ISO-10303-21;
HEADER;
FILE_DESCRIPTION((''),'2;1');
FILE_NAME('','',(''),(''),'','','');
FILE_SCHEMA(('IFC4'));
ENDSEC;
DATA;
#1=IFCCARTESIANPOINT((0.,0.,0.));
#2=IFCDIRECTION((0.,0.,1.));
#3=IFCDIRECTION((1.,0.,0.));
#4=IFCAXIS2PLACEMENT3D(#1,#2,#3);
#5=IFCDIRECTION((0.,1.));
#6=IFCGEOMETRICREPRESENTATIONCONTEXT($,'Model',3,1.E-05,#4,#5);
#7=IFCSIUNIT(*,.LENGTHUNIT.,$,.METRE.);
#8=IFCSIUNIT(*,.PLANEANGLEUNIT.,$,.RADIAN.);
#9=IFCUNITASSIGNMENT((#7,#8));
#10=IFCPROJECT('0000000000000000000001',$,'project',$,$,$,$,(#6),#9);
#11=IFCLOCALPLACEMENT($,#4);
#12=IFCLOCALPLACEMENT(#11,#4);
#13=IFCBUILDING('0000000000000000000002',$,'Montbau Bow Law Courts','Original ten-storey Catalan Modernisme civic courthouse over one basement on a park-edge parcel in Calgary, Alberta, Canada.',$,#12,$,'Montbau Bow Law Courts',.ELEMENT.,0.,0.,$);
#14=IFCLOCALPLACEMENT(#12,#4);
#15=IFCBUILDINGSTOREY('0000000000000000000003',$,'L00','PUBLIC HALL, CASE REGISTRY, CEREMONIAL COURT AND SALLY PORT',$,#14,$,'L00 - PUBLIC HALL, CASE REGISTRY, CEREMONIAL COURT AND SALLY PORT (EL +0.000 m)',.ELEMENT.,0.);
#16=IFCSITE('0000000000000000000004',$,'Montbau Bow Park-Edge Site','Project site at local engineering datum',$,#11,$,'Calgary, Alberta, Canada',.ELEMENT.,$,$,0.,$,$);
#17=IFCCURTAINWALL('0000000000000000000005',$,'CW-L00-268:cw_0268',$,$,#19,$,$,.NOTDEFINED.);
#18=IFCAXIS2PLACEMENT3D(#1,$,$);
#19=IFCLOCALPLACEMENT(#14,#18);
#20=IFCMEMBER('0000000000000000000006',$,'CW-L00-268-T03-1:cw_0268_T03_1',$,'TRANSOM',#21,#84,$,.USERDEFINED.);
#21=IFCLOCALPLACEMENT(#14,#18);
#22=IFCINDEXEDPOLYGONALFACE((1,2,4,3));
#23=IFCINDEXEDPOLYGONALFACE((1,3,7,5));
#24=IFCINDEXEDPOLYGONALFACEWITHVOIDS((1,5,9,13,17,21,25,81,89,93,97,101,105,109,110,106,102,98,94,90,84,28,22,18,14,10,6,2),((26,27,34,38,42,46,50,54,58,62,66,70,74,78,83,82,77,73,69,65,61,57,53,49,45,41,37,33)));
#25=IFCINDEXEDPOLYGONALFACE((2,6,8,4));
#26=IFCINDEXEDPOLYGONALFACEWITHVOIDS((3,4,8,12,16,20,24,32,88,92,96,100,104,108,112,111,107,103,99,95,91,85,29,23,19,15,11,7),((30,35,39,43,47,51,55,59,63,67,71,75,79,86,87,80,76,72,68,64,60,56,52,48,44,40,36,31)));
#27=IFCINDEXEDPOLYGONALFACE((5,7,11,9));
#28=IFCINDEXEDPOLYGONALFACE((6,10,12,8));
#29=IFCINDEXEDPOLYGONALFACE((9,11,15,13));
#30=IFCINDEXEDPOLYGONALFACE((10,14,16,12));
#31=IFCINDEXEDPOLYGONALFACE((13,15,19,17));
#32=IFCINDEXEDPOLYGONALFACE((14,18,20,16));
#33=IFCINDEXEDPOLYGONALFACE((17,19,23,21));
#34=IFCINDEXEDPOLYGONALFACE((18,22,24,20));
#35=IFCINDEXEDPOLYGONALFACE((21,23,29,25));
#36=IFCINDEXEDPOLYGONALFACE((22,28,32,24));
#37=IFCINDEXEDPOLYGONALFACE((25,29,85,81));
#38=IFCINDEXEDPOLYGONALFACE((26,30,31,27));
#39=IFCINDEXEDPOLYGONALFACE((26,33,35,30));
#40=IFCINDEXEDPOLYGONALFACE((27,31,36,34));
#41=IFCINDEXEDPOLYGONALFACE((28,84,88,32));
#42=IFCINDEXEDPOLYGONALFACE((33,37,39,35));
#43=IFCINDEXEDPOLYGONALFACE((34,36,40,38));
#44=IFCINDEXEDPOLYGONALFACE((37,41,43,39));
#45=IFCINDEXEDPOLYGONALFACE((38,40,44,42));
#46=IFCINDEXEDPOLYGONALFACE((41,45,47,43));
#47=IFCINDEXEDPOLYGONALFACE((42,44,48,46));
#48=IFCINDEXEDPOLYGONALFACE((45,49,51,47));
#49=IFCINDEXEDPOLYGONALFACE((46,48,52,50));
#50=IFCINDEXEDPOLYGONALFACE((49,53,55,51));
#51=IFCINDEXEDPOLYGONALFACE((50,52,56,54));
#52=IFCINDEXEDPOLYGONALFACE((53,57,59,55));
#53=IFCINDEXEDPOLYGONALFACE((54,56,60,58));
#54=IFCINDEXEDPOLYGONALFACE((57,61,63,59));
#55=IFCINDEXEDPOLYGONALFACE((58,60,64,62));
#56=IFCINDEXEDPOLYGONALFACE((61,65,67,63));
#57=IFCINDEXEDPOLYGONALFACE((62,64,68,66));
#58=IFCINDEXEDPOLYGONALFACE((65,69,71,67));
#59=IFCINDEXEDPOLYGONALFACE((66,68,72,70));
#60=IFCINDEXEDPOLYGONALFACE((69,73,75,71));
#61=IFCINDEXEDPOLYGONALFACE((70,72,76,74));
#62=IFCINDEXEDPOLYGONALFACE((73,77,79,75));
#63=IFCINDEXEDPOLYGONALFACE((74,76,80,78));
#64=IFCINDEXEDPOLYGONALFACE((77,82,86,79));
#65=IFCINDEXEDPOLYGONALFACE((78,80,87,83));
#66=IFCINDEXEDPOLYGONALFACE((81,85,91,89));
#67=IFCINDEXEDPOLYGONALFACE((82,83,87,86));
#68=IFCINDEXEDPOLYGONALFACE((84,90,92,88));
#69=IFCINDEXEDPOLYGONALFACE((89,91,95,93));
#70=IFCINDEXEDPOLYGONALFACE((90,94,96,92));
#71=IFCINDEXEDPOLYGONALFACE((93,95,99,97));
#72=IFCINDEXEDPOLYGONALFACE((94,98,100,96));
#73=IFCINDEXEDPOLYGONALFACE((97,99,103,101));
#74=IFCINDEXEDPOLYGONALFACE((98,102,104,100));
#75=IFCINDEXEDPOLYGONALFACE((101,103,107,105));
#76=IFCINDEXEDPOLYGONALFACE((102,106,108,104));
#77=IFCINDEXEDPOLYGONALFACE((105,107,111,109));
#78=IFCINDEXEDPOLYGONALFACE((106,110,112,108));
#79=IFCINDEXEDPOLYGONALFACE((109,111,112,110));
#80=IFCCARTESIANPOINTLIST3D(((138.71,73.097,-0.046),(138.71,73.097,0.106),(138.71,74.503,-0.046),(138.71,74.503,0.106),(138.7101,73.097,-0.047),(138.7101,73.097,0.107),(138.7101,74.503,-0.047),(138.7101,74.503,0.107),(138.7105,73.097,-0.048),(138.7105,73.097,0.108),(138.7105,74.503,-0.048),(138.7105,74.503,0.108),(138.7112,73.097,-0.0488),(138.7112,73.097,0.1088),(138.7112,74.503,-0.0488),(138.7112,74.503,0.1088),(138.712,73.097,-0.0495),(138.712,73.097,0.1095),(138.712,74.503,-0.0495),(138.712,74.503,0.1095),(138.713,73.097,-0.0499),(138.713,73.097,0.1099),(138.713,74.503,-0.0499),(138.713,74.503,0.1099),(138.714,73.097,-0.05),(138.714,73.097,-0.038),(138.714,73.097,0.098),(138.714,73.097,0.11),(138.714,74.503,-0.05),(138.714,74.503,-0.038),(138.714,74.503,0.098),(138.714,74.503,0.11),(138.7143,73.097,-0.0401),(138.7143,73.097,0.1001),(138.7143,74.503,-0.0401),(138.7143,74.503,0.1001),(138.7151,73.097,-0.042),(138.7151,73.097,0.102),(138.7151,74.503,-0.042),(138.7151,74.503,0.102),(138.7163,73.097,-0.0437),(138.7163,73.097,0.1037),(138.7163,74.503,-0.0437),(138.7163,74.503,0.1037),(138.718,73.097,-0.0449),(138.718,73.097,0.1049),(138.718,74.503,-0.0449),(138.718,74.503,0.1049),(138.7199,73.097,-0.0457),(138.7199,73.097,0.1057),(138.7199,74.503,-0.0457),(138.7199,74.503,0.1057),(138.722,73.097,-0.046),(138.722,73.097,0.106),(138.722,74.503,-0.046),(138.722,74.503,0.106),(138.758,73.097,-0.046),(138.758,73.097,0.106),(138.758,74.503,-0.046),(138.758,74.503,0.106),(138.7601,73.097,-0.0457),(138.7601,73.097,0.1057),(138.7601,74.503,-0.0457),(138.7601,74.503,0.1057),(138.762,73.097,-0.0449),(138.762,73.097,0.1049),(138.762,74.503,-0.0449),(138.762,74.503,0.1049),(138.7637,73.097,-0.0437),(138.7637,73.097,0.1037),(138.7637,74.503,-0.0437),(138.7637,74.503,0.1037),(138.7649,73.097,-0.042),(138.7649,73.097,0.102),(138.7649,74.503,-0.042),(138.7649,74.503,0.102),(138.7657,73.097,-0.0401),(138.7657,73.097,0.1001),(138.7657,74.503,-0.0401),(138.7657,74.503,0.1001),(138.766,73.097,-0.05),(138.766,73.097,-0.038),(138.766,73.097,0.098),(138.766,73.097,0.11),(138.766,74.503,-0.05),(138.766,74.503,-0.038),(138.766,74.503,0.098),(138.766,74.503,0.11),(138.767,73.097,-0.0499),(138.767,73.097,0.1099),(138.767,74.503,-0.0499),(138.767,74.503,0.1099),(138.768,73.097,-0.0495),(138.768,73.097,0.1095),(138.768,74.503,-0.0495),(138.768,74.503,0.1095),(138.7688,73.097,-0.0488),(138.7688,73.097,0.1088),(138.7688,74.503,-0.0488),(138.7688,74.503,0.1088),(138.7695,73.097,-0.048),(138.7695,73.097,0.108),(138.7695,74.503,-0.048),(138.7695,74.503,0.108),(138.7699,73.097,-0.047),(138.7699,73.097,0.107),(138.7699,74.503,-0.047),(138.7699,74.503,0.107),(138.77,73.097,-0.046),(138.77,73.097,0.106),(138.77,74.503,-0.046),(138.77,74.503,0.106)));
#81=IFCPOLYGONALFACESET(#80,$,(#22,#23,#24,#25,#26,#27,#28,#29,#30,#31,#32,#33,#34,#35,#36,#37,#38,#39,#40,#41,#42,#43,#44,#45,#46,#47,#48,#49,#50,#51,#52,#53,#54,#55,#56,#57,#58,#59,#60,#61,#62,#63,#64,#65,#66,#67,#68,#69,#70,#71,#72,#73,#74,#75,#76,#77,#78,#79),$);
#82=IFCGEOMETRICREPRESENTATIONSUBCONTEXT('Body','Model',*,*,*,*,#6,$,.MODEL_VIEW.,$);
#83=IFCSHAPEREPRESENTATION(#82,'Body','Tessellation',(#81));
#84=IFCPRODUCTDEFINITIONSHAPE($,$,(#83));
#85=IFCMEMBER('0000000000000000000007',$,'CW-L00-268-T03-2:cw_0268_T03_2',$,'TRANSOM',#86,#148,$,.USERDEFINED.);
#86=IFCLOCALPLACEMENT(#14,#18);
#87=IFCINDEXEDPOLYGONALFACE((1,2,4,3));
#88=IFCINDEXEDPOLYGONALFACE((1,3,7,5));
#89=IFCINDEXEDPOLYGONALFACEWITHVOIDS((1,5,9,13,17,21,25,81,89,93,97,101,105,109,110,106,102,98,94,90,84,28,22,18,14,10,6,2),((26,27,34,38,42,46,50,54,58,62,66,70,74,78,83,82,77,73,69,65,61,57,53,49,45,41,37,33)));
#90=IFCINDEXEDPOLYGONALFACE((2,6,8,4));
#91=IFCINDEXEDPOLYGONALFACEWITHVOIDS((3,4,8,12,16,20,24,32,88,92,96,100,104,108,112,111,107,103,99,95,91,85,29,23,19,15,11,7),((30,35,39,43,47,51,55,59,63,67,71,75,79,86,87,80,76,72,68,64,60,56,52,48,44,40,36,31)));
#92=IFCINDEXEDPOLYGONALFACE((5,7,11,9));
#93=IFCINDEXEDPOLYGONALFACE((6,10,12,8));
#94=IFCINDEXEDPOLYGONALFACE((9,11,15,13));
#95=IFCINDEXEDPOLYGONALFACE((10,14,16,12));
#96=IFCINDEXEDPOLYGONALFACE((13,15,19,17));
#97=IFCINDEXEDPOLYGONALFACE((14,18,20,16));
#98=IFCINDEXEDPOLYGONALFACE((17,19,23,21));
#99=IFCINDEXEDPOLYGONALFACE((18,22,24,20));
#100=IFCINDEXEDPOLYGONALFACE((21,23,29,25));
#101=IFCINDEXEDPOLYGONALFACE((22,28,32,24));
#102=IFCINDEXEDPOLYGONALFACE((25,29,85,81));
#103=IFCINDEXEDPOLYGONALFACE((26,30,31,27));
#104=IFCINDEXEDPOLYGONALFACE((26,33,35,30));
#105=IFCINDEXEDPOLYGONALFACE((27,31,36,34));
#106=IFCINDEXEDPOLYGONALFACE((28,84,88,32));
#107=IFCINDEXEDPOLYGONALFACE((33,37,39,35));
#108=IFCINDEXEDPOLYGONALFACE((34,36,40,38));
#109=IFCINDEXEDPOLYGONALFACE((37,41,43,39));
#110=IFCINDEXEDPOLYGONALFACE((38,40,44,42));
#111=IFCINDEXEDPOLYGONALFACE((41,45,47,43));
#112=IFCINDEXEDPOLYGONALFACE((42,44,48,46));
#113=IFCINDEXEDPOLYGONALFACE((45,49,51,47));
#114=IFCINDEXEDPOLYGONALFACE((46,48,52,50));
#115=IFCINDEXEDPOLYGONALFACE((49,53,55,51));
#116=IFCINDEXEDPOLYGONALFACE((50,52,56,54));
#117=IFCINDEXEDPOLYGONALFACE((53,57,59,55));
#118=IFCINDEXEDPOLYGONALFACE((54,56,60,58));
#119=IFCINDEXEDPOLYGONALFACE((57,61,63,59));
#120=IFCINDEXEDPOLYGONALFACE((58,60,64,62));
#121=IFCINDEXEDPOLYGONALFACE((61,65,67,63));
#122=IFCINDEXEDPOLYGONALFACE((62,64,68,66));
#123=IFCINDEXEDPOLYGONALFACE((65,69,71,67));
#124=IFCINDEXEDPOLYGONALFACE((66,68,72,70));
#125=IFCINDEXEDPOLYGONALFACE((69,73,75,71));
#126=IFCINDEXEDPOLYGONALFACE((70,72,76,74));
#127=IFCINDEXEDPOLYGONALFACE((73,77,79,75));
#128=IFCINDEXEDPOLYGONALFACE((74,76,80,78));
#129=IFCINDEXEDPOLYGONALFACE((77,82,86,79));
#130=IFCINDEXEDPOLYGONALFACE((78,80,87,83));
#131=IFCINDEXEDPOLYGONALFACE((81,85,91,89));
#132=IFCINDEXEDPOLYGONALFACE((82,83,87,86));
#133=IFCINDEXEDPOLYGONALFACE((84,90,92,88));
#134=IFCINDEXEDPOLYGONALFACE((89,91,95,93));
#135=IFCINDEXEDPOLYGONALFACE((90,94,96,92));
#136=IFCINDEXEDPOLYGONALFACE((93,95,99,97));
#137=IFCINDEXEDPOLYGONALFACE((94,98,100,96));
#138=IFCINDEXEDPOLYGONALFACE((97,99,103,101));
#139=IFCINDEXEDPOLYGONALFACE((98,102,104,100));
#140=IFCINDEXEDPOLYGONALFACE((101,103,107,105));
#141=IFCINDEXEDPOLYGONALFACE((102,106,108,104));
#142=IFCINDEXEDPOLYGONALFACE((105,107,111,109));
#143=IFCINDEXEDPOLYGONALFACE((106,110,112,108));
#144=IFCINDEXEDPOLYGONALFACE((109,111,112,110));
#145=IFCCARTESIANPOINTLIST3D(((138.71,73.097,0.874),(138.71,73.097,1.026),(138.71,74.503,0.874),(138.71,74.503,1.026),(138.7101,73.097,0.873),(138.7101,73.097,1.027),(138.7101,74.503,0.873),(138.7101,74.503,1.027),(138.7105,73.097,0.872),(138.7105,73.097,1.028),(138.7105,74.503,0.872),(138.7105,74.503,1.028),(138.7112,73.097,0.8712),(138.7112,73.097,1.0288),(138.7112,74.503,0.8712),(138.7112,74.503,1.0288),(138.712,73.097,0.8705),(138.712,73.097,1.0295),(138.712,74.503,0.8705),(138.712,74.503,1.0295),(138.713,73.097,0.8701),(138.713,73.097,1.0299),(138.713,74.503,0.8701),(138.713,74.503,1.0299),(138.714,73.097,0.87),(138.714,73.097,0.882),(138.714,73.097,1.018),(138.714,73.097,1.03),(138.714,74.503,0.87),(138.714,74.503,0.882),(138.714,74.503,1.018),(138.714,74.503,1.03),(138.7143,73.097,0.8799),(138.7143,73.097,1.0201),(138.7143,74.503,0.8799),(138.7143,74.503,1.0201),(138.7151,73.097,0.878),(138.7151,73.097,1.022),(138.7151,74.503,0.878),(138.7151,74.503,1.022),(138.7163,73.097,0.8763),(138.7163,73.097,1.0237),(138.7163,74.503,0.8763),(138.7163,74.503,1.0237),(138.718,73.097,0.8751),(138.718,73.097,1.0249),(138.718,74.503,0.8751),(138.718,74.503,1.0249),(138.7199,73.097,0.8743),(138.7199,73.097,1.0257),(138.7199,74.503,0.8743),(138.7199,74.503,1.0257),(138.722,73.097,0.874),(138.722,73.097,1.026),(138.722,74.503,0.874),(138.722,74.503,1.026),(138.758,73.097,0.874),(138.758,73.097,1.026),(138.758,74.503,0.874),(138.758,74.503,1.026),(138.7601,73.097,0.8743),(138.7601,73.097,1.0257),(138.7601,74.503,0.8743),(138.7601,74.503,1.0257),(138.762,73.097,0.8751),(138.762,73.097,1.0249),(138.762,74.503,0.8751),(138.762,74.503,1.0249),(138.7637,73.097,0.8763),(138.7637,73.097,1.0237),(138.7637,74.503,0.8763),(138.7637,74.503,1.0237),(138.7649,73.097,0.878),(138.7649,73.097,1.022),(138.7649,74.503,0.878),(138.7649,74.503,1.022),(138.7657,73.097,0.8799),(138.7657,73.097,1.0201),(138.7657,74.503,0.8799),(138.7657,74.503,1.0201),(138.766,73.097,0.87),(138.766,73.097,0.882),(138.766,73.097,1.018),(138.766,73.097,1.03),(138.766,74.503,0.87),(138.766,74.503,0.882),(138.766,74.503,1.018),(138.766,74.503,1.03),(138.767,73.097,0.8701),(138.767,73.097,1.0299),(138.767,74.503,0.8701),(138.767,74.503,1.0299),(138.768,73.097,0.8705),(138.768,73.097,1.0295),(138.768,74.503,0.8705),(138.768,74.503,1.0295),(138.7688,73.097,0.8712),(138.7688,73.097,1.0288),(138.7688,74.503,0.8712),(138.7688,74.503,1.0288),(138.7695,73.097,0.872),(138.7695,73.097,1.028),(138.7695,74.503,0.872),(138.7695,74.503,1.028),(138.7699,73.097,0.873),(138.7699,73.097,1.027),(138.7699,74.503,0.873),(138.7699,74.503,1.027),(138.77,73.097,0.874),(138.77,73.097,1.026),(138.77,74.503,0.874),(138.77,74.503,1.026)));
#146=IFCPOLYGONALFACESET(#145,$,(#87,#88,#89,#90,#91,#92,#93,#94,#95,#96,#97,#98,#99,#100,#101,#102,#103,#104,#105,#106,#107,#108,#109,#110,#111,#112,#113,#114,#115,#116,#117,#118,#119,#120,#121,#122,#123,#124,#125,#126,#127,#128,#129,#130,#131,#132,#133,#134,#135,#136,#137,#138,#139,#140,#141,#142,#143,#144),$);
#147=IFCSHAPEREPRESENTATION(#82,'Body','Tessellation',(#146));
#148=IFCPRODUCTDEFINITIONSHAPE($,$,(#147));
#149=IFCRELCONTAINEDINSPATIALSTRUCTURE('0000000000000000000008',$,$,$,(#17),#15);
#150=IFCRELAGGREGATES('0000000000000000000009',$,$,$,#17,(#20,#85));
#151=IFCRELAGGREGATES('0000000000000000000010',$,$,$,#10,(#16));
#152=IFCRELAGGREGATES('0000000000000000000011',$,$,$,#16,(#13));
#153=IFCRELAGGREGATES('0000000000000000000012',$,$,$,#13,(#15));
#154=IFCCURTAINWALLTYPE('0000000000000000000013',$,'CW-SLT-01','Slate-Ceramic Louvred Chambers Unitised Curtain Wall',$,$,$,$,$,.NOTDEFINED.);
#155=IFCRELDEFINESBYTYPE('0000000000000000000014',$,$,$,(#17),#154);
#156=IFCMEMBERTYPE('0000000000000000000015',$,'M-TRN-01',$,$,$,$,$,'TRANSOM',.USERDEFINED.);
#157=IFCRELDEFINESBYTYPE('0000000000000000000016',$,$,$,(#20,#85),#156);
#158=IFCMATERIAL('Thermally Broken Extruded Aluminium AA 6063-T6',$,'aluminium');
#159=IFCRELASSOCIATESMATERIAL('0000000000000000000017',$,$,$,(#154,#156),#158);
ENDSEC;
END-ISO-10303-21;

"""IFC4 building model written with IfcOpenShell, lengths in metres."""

from ifc_helpers import new_model, si_unit, direction, frame, origin_with_axes, origin_2d_with_axis, place, context, subcontext, project, spatial, hollow_rectangle, extrude, material, material_profile, profile_set, type_object, element, aggregate, save


model = new_model("IFC4")

# Units and contexts
model_context = context("Model", 3, precision=1e-05, world=origin_with_axes(), true_north=direction((0.0, 1.0)))
body_context = subcontext(model_context, "Body", "Model", "MODEL_VIEW")
ifc_project = project(units=[si_unit("LENGTHUNIT", "METRE"), si_unit("PLANEANGLEUNIT", "RADIAN")], contexts=[model_context])

# Site, building, storey
site_placement = place(None, origin_with_axes())
site = spatial("IfcSite", under=ifc_project, at=site_placement, Name="Montbau Bow Park-Edge Site", Description="Project site at local engineering datum", LongName="Calgary, Alberta, Canada", CompositionType="ELEMENT", RefElevation=0.0)
building_placement = place(site_placement, origin_with_axes())
building = spatial("IfcBuilding", under=site, at=building_placement, Name="Montbau Bow Law Courts", Description="Original ten-storey Catalan Modernisme civic courthouse over one basement on a park-edge parcel in Calgary, Alberta, Canada.", LongName="Montbau Bow Law Courts", CompositionType="ELEMENT", ElevationOfRefHeight=0.0, ElevationOfTerrain=0.0)
storey_placement = place(building_placement, origin_with_axes())
storey = spatial("IfcBuildingStorey", under=building, at=storey_placement, Name="L00", Description="PUBLIC HALL, CASE REGISTRY, CEREMONIAL COURT AND SALLY PORT", LongName="L00 - PUBLIC HALL, CASE REGISTRY, CEREMONIAL COURT AND SALLY PORT (EL +0.000 m)", CompositionType="ELEMENT", Elevation=0.0)

# Curtain wall, members
ifc_material_1 = material(Name="Thermally Broken Extruded Aluminium AA 6063-T6", Category="aluminium")
curtain_wall_type = type_object("IfcCurtainWallType", Name="CW-SLT-01", Description="Slate-Ceramic Louvred Chambers Unitised Curtain Wall", PredefinedType="NOTDEFINED", material=ifc_material_1)
curtain_wall_placement = place(None, frame((138.74, 70.115, 0.0), z_axis=(0.0, 0.0, 1.0), x_axis=(1.0, 0.0, 0.0)))
curtain_wall = element("IfcCurtainWall", 1, at=curtain_wall_placement, inside=storey, type_object=curtain_wall_type, Name="CW-L00-268:cw_0268", PredefinedType="NOTDEFINED")
ifc_material_profile_1 = material_profile(ifc_material_1, hollow_rectangle(XDim=0.06, YDim=0.16, WallThickness=0.004, InnerFilletRadius=0.008, OuterFilletRadius=0.004, at=origin_2d_with_axis()), Name="CWT-160X60", Category="Main", Priority=0)
ifc_profile_set_1 = profile_set([ifc_material_profile_1], Name="Thermally Broken Extruded Aluminium AA 6063-T6")
member_type_1 = type_object("IfcMemberType", Name="M-TRN-01", ElementType="TRANSOM", PredefinedType="USERDEFINED", material=ifc_profile_set_1)
member_1_placement = place(None, frame((138.74, 73.097, 0.03), z_axis=(0.0, 1.0, 0.0), x_axis=(-1.0, 0.0, 0.0)))
member_1 = element("IfcMember", 2, at=member_1_placement, type_object=member_type_1, Name="CW-L00-268-T03-1:cw_0268_T03_1", ObjectType="TRANSOM", PredefinedType="USERDEFINED", context=body_context, shape_type="SweptSolid", body=[
    extrude(hollow_rectangle(XDim=0.06, YDim=0.16, WallThickness=0.004, InnerFilletRadius=0.008, OuterFilletRadius=0.004, at=origin_2d_with_axis()), origin_with_axes(), (0.0, 0.0, 1.0), 1.406),
])
member_2_placement = place(None, frame((138.74, 73.097, 0.95), z_axis=(0.0, 1.0, 0.0), x_axis=(-1.0, 0.0, 0.0)))
member_2 = element("IfcMember", 3, at=member_2_placement, type_object=member_type_1, Name="CW-L00-268-T03-2:cw_0268_T03_2", ObjectType="TRANSOM", PredefinedType="USERDEFINED", context=body_context, shape_type="SweptSolid", body=[
    extrude(hollow_rectangle(XDim=0.06, YDim=0.16, WallThickness=0.004, InnerFilletRadius=0.008, OuterFilletRadius=0.004, at=origin_2d_with_axis()), origin_with_axes(), (0.0, 0.0, 1.0), 1.406),
])
aggregate(curtain_wall, [member_1, member_2])

save(model, "model.ifc")
